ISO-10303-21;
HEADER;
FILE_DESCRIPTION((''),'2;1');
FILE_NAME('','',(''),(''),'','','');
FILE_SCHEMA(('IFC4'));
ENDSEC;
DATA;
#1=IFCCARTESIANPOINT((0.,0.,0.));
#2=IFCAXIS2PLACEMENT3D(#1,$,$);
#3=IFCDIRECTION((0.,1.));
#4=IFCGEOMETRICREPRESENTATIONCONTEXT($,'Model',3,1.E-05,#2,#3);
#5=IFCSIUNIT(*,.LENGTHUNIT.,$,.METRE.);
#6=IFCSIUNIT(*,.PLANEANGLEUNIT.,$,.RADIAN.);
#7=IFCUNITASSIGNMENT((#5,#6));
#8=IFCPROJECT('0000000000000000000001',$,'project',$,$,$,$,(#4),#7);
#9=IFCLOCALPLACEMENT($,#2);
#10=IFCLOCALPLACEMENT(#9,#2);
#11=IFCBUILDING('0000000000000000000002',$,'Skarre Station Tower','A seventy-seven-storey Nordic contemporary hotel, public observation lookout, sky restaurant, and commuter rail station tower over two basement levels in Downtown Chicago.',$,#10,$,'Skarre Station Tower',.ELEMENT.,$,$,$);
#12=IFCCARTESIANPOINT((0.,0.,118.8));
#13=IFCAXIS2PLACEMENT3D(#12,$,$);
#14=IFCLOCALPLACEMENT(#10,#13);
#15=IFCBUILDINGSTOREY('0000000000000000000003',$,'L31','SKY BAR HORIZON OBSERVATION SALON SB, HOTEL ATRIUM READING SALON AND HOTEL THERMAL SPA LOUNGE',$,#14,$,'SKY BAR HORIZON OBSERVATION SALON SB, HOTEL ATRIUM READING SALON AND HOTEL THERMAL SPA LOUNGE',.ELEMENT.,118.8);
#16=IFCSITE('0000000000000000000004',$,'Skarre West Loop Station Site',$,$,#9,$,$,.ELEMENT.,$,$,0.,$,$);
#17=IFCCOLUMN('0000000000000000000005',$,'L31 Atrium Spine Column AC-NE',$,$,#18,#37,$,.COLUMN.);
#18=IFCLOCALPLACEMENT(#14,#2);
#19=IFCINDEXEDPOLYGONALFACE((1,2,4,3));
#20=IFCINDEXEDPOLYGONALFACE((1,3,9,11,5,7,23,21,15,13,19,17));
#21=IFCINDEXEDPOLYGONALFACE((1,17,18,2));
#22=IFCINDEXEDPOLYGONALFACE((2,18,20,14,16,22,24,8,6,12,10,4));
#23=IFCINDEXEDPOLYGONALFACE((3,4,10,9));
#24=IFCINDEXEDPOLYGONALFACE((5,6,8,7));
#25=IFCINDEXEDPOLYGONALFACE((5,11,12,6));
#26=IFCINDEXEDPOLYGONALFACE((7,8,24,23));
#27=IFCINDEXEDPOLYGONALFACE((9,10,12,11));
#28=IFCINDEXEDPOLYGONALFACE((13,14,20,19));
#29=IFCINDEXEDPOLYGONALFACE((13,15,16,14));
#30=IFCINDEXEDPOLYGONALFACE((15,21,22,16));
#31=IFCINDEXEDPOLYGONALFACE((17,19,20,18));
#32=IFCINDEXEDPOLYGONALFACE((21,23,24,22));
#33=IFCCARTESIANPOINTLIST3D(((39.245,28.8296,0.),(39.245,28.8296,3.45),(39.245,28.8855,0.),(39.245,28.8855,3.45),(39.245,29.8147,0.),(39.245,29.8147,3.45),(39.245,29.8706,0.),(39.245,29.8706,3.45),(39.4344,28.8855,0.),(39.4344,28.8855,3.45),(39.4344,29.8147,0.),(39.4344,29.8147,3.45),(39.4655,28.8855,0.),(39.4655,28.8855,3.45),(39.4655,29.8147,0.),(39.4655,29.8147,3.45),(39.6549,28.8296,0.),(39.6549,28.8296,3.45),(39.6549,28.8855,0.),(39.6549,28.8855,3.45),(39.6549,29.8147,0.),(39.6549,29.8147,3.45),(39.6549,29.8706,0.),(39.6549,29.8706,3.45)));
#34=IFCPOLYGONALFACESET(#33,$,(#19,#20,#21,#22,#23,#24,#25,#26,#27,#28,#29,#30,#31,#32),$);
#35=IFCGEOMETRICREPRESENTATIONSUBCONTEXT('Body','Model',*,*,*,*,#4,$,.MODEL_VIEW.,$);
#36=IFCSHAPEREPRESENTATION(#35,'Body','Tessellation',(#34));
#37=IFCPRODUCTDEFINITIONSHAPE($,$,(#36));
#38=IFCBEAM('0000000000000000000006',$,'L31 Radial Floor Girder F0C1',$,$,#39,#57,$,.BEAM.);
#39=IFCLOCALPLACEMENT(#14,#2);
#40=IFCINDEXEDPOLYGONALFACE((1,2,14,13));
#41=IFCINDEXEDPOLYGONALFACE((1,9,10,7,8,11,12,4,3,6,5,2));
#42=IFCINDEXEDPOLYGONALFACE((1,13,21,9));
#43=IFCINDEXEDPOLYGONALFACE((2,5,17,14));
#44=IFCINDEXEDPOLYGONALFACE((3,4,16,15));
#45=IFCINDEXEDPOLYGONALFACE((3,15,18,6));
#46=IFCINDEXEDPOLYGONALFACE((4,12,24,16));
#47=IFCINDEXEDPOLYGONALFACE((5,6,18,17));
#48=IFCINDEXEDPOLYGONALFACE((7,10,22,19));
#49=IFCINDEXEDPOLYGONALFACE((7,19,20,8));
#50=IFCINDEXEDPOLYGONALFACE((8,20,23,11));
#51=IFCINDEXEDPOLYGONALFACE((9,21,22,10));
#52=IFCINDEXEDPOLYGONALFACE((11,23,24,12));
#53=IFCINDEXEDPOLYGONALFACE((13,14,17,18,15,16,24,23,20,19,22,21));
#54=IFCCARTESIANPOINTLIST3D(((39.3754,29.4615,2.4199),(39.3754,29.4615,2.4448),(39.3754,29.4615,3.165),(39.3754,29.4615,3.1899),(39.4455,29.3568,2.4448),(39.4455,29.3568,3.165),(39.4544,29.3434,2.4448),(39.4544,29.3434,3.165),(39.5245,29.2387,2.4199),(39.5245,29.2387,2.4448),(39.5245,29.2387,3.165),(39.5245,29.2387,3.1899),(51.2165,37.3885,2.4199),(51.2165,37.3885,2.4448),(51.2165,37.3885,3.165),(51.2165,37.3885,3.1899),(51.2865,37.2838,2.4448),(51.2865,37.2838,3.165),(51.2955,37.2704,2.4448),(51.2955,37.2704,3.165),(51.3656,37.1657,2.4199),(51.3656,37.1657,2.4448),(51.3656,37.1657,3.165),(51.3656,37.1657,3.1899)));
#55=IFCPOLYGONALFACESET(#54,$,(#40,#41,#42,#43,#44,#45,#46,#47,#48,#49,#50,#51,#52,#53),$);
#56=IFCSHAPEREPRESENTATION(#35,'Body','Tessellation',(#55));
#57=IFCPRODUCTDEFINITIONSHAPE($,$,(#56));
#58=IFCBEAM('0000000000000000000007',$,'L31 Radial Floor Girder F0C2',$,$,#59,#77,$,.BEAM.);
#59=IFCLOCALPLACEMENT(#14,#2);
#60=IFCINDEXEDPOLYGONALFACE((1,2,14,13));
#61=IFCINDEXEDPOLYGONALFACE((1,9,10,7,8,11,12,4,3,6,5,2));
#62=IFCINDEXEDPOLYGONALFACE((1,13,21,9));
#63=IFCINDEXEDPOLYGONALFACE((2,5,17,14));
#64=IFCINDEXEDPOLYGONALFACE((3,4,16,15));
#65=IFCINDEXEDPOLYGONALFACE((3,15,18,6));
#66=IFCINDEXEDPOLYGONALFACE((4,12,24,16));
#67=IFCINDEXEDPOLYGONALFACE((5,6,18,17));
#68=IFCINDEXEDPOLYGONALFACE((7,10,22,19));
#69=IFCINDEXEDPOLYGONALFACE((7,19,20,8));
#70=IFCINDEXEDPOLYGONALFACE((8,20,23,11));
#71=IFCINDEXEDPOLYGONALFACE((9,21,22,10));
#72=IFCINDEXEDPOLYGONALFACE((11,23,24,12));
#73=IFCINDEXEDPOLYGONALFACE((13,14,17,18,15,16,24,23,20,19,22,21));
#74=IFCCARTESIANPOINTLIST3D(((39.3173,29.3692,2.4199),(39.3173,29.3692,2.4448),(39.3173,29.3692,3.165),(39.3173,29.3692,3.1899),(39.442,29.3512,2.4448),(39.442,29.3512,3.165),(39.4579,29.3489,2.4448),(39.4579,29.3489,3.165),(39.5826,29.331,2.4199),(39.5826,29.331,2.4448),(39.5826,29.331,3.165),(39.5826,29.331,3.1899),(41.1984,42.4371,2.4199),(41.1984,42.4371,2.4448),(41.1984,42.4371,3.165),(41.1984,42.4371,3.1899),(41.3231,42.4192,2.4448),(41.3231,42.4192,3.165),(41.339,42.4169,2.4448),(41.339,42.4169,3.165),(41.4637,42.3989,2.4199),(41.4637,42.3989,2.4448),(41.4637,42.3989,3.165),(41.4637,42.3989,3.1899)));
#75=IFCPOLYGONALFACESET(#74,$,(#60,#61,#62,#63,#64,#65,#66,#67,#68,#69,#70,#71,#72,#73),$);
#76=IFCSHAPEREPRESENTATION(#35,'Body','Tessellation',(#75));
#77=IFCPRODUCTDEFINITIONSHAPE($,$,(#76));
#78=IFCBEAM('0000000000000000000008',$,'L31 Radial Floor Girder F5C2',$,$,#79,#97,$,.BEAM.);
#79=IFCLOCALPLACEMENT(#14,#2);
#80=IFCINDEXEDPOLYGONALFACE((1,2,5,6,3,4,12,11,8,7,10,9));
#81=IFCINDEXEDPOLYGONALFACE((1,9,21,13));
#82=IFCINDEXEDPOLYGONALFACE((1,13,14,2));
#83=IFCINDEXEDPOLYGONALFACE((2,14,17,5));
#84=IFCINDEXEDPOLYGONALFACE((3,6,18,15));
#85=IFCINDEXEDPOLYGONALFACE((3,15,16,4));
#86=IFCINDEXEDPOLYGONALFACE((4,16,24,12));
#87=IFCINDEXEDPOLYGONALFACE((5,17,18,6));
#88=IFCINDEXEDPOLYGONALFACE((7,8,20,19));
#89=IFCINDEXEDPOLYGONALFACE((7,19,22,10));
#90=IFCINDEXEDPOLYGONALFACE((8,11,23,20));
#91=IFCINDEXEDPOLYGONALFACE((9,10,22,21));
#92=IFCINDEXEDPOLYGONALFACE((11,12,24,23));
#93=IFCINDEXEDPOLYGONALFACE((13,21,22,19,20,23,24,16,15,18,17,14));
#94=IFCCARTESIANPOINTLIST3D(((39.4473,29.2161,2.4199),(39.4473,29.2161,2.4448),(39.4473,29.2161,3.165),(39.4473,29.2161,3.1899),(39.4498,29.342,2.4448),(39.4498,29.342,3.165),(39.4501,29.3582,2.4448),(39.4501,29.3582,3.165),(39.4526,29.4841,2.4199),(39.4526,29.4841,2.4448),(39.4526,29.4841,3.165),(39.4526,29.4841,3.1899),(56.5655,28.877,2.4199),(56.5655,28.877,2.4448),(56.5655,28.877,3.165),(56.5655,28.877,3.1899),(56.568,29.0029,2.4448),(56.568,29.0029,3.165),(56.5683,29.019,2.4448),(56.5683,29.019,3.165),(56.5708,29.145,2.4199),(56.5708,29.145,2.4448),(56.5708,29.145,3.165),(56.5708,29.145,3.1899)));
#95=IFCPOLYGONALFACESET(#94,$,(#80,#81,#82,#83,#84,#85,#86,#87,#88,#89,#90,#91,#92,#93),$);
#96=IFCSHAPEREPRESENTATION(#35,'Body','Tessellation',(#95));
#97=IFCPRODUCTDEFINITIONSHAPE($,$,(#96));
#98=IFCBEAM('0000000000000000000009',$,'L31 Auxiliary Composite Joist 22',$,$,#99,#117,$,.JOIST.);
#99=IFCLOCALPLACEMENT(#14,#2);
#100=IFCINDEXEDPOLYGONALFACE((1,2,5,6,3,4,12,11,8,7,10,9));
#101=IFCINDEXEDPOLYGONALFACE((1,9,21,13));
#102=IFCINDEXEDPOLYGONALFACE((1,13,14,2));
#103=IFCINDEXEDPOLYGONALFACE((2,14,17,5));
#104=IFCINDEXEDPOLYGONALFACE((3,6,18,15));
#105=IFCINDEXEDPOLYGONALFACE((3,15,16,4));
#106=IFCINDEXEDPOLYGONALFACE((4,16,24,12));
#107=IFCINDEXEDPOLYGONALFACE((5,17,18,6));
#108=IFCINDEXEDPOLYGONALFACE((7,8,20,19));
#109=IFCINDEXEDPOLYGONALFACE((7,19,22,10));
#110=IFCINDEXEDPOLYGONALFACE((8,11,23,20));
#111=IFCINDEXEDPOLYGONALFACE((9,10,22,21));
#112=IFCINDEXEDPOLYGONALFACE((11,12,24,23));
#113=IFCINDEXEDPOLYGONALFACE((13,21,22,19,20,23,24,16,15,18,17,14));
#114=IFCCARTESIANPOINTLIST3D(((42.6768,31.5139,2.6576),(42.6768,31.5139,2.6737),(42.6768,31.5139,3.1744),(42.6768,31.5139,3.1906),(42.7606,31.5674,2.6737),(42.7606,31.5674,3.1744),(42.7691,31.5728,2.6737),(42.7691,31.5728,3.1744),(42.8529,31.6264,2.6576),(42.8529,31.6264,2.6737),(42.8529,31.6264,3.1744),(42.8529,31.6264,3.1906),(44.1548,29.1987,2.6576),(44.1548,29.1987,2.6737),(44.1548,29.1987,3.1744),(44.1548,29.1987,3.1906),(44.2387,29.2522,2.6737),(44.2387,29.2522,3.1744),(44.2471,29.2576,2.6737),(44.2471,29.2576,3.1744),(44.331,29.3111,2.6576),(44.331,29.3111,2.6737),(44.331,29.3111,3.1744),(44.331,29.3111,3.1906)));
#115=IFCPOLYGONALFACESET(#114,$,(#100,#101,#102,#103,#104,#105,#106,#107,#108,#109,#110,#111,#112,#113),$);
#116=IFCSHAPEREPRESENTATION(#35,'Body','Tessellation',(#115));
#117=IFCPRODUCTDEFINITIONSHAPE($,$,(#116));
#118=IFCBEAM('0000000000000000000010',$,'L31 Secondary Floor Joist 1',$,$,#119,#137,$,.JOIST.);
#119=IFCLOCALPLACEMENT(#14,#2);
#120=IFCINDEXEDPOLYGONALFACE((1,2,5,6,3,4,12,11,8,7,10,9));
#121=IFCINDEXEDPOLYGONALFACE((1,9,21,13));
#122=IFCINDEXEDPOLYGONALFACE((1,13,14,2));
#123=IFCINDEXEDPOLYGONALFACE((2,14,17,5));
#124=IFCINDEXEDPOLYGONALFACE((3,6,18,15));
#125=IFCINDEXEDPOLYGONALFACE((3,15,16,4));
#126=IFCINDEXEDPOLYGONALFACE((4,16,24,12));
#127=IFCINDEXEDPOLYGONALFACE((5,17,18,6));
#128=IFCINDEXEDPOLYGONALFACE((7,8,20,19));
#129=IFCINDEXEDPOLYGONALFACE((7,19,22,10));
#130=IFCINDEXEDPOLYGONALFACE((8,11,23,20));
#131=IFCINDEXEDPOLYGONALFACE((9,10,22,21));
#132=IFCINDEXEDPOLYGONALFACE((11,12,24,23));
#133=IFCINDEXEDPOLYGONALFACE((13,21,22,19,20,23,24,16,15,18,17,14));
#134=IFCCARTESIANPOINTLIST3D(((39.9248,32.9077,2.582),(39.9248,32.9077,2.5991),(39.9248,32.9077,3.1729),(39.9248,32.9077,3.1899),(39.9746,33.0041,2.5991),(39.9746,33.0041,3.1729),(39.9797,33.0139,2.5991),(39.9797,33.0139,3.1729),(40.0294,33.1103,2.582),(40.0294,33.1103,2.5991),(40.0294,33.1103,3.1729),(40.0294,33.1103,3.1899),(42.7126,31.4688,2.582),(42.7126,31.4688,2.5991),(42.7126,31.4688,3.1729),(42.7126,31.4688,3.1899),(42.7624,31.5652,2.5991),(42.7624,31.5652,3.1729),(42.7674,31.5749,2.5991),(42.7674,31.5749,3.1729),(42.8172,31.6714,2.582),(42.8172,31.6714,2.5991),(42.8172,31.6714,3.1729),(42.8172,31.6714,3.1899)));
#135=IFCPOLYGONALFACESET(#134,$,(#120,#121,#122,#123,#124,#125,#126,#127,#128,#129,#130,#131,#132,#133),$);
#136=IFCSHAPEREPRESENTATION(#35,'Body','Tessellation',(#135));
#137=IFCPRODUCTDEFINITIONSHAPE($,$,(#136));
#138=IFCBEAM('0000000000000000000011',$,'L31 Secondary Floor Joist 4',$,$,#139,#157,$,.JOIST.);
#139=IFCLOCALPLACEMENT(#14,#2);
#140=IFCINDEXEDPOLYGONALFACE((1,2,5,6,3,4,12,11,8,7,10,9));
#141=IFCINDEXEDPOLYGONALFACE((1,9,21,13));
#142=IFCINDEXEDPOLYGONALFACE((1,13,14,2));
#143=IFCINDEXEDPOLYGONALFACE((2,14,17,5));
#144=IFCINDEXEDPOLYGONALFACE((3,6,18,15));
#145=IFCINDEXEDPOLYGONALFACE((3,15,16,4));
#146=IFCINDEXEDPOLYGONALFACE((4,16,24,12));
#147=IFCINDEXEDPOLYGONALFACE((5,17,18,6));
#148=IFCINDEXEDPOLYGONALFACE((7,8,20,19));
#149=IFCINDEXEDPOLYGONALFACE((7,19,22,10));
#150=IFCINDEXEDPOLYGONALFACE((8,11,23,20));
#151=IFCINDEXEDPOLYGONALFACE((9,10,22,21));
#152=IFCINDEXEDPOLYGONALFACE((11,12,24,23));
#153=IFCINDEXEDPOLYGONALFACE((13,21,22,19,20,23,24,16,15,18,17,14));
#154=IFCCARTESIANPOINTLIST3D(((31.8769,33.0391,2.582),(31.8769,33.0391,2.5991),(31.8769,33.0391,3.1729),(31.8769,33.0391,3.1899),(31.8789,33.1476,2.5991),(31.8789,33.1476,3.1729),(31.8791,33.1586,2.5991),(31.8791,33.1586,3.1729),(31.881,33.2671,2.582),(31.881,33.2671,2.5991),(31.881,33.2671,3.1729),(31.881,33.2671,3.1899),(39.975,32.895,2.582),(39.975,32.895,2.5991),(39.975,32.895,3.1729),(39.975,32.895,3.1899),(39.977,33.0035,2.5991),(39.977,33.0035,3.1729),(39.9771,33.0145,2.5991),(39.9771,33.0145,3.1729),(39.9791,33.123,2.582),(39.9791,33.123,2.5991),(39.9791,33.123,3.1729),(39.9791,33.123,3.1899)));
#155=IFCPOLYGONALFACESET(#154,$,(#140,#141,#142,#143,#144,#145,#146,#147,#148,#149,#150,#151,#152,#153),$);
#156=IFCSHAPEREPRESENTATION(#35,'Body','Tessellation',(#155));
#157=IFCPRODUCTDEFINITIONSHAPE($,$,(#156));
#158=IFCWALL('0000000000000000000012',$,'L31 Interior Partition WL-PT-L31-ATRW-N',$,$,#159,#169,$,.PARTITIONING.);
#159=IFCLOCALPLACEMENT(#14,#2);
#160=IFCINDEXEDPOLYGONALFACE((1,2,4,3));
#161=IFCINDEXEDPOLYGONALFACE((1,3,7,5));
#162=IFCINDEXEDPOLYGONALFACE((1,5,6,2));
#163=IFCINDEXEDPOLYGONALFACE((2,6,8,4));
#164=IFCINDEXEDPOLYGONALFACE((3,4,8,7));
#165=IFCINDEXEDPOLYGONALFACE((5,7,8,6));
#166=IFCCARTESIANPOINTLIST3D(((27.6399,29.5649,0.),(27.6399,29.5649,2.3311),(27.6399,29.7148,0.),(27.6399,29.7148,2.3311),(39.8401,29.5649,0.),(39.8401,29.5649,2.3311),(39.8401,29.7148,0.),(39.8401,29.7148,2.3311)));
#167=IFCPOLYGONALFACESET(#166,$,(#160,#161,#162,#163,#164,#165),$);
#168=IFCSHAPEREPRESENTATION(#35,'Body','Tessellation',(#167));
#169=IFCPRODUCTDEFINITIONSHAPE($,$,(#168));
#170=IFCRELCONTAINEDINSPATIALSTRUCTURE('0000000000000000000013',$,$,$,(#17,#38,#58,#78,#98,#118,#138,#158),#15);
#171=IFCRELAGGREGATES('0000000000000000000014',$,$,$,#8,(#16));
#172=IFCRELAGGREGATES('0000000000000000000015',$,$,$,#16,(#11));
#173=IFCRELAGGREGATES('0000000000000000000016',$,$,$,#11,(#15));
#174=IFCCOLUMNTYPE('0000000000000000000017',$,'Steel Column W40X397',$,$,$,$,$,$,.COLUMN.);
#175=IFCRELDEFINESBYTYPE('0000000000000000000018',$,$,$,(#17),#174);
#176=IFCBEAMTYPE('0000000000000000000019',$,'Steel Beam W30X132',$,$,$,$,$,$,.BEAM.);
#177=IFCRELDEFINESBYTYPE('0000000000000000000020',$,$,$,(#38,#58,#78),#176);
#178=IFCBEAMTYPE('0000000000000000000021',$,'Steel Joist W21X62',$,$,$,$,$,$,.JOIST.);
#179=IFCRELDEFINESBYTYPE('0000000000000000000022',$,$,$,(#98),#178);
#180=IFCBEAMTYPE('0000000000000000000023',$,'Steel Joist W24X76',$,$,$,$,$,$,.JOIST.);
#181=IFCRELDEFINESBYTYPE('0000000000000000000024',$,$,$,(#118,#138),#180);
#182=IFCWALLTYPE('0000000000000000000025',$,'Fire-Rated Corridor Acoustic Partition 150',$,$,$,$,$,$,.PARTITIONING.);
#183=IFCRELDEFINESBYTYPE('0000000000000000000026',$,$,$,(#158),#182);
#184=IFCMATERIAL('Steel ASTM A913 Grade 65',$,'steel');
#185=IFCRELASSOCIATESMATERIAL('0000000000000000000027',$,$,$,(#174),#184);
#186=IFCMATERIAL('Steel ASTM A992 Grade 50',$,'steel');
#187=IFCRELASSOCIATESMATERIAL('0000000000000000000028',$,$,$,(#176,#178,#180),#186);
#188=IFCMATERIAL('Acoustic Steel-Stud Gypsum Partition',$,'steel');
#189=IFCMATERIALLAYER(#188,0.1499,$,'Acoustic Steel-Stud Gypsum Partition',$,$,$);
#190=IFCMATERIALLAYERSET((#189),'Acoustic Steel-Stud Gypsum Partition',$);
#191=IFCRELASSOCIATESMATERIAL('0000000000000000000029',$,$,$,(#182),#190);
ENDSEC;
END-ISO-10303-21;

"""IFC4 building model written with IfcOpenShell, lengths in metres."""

from ifc_helpers import new_model, si_unit, direction, frame, frame_2d, origin, origin_2d, place, context, subcontext, project, spatial, rectangle, i_section, extrude, material, layer, layer_set, material_profile, profile_set, type_object, element, save


model = new_model("IFC4")

# Units and contexts
model_context = context("Model", 3, precision=1e-05, world=origin(), true_north=direction((0.0, 1.0)))
body_context = subcontext(model_context, "Body", "Model", "MODEL_VIEW")
ifc_project = project(units=[si_unit("LENGTHUNIT", "METRE"), si_unit("PLANEANGLEUNIT", "RADIAN")], contexts=[model_context])

# Site, building, storey
site_placement = place(None, origin())
site = spatial("IfcSite", under=ifc_project, at=site_placement, Name="Skarre West Loop Station Site", CompositionType="ELEMENT", RefElevation=0.0)
building_placement = place(site_placement, origin())
building = spatial("IfcBuilding", under=site, at=building_placement, Name="Skarre Station Tower", Description="A seventy-seven-storey Nordic contemporary hotel, public observation lookout, sky restaurant, and commuter rail station tower over two basement levels in Downtown Chicago.", LongName="Skarre Station Tower", CompositionType="ELEMENT")
storey_placement = place(building_placement, frame((0.0, 0.0, 118.8)))
storey = spatial("IfcBuildingStorey", under=building, at=storey_placement, Name="L31", Description="SKY BAR HORIZON OBSERVATION SALON SB, HOTEL ATRIUM READING SALON AND HOTEL THERMAL SPA LOUNGE", LongName="SKY BAR HORIZON OBSERVATION SALON SB, HOTEL ATRIUM READING SALON AND HOTEL THERMAL SPA LOUNGE", CompositionType="ELEMENT", Elevation=118.8)

# Column
ifc_material_1 = material(Name="Steel ASTM A913 Grade 65", Category="steel")
ifc_material_profile_1 = material_profile(ifc_material_1, i_section(OverallWidth=0.4099, OverallDepth=1.041, WebThickness=0.031, FlangeThickness=0.0559, at=origin_2d()), Name="Steel ASTM A913 Grade 65")
ifc_profile_set_1 = profile_set([ifc_material_profile_1], Name="Steel ASTM A913 Grade 65")
column_type = type_object("IfcColumnType", Name="Steel Column W40X397", PredefinedType="COLUMN", material=ifc_profile_set_1)
column_placement = place(storey_placement, frame((39.45, 29.3501, 0.0), z_axis=(0.0, 0.0, 1.0), x_axis=(1.0, 0.0, 0.0)))
element("IfcColumn", 1, at=column_placement, inside=storey, type_object=column_type, Name="L31 Atrium Spine Column AC-NE", PredefinedType="COLUMN", context=body_context, shape_type="SweptSolid", body=[
    extrude(i_section(OverallWidth=0.4099, OverallDepth=1.041, WebThickness=0.031, FlangeThickness=0.0559, at=origin_2d()), origin(), (0.0, 0.0, 1.0), 3.45),
])

# Beams
ifc_material_2 = material(Name="Steel ASTM A992 Grade 50", Category="steel")
ifc_material_profile_2 = material_profile(ifc_material_2, i_section(OverallWidth=0.2681, OverallDepth=0.77, WebThickness=0.0161, FlangeThickness=0.0249, at=origin_2d()), Name="Steel ASTM A992 Grade 50")
ifc_profile_set_2 = profile_set([ifc_material_profile_2], Name="Steel ASTM A992 Grade 50")
beam_type_1 = type_object("IfcBeamType", Name="Steel Beam W30X132", PredefinedType="BEAM", material=ifc_profile_set_2)
beam_1_placement = place(storey_placement, frame((39.45, 29.3501, 2.8049), z_axis=(0.830981, 0.5563, 0.0), x_axis=(-0.5563, 0.830981, 0.0)))
element("IfcBeam", 2, at=beam_1_placement, inside=storey, type_object=beam_type_1, Name="L31 Radial Floor Girder F0C1", PredefinedType="BEAM", context=body_context, shape_type="SweptSolid", body=[
    extrude(i_section(OverallWidth=0.2681, OverallDepth=0.77, WebThickness=0.0161, FlangeThickness=0.0249, at=origin_2d()), origin(), (0.0, 0.0, 1.0), 14.2495),
])
beam_2_placement = place(storey_placement, frame((39.45, 29.3501, 2.8049), z_axis=(0.14248, 0.989798, 0.0), x_axis=(-0.989798, 0.14248, 0.0)))
element("IfcBeam", 3, at=beam_2_placement, inside=storey, type_object=beam_type_1, Name="L31 Radial Floor Girder F0C2", PredefinedType="BEAM", context=body_context, shape_type="SweptSolid", body=[
    extrude(i_section(OverallWidth=0.2681, OverallDepth=0.77, WebThickness=0.0161, FlangeThickness=0.0249, at=origin_2d()), origin(), (0.0, 0.0, 1.0), 13.2026),
])
beam_3_placement = place(storey_placement, frame((39.45, 29.3501, 2.8049), z_axis=(0.999804, -0.019806, 0.0), x_axis=(0.019806, 0.999804, 0.0)))
element("IfcBeam", 4, at=beam_3_placement, inside=storey, type_object=beam_type_1, Name="L31 Radial Floor Girder F5C2", PredefinedType="BEAM", context=body_context, shape_type="SweptSolid", body=[
    extrude(i_section(OverallWidth=0.2681, OverallDepth=0.77, WebThickness=0.0161, FlangeThickness=0.0249, at=origin_2d()), origin(), (0.0, 0.0, 1.0), 17.1216),
])
ifc_material_profile_3 = material_profile(ifc_material_2, i_section(OverallWidth=0.209, OverallDepth=0.533, WebThickness=0.01, FlangeThickness=0.0161, at=origin_2d()), Name="Steel ASTM A992 Grade 50")
ifc_profile_set_3 = profile_set([ifc_material_profile_3], Name="Steel ASTM A992 Grade 50")
beam_type_2 = type_object("IfcBeamType", Name="Steel Joist W21X62", PredefinedType="JOIST", material=ifc_profile_set_3)
beam_4_placement = place(storey_placement, frame((44.2429, 29.2549, 2.9241), z_axis=(-0.5381, 0.842881, 0.0), x_axis=(-0.842881, -0.5381, 0.0)))
element("IfcBeam", 5, at=beam_4_placement, inside=storey, type_object=beam_type_2, Name="L31 Auxiliary Composite Joist 22", PredefinedType="JOIST", context=body_context, shape_type="SweptSolid", body=[
    extrude(i_section(OverallWidth=0.209, OverallDepth=0.533, WebThickness=0.01, FlangeThickness=0.0161, at=origin_2d()), origin(), (0.0, 0.0, 1.0), 2.7468),
])
ifc_material_profile_4 = material_profile(ifc_material_2, i_section(OverallWidth=0.228, OverallDepth=0.6079, WebThickness=0.011, FlangeThickness=0.0171, at=origin_2d()), Name="Steel ASTM A992 Grade 50")
ifc_profile_set_4 = profile_set([ifc_material_profile_4], Name="Steel ASTM A992 Grade 50")
beam_type_3 = type_object("IfcBeamType", Name="Steel Joist W24X76", PredefinedType="JOIST", material=ifc_profile_set_4)
beam_5_placement = place(storey_placement, frame((42.7649, 31.5701, 2.886), z_axis=(-0.88861, 0.458663, 0.0), x_axis=(-0.458663, -0.88861, 0.0)))
element("IfcBeam", 6, at=beam_5_placement, inside=storey, type_object=beam_type_3, Name="L31 Secondary Floor Joist 1", PredefinedType="JOIST", context=body_context, shape_type="SweptSolid", body=[
    extrude(i_section(OverallWidth=0.228, OverallDepth=0.6079, WebThickness=0.011, FlangeThickness=0.0171, at=origin_2d()), origin(), (0.0, 0.0, 1.0), 3.1372),
])
beam_6_placement = place(storey_placement, frame((39.9771, 33.009, 2.886), z_axis=(-0.999842, 0.017784, 0.0), x_axis=(-0.017784, -0.999842, 0.0)))
element("IfcBeam", 7, at=beam_6_placement, inside=storey, type_object=beam_type_3, Name="L31 Secondary Floor Joist 4", PredefinedType="JOIST", context=body_context, shape_type="SweptSolid", body=[
    extrude(i_section(OverallWidth=0.228, OverallDepth=0.6079, WebThickness=0.011, FlangeThickness=0.0171, at=origin_2d()), origin(), (0.0, 0.0, 1.0), 8.0994),
])

# Wall
ifc_material_3 = material(Name="Acoustic Steel-Stud Gypsum Partition", Category="steel")
ifc_layer_1 = layer(ifc_material_3, 0.1499, Name="Acoustic Steel-Stud Gypsum Partition")
ifc_layer_set_1 = layer_set([ifc_layer_1], Name="Acoustic Steel-Stud Gypsum Partition")
wall_type_1 = type_object("IfcWallType", Name="Fire-Rated Corridor Acoustic Partition 150", PredefinedType="PARTITIONING", material=ifc_layer_set_1)
wall_1_placement = place(storey_placement, frame((39.8401, 29.6399, 0.0), z_axis=(0.0, 0.0, 1.0), x_axis=(-1.0, 0.0, 0.0)))
element("IfcWall", 8, at=wall_1_placement, inside=storey, type_object=wall_type_1, Name="L31 Interior Partition WL-PT-L31-ATRW-N", PredefinedType="PARTITIONING", context=body_context, shape_type="SweptSolid", body=[
    extrude(rectangle(XDim=12.2002, YDim=0.1499, at=frame_2d((6.1001, 0.0))), origin(), (0.0, 0.0, 1.0), 2.3311),
])

save(model, "model.ifc")
